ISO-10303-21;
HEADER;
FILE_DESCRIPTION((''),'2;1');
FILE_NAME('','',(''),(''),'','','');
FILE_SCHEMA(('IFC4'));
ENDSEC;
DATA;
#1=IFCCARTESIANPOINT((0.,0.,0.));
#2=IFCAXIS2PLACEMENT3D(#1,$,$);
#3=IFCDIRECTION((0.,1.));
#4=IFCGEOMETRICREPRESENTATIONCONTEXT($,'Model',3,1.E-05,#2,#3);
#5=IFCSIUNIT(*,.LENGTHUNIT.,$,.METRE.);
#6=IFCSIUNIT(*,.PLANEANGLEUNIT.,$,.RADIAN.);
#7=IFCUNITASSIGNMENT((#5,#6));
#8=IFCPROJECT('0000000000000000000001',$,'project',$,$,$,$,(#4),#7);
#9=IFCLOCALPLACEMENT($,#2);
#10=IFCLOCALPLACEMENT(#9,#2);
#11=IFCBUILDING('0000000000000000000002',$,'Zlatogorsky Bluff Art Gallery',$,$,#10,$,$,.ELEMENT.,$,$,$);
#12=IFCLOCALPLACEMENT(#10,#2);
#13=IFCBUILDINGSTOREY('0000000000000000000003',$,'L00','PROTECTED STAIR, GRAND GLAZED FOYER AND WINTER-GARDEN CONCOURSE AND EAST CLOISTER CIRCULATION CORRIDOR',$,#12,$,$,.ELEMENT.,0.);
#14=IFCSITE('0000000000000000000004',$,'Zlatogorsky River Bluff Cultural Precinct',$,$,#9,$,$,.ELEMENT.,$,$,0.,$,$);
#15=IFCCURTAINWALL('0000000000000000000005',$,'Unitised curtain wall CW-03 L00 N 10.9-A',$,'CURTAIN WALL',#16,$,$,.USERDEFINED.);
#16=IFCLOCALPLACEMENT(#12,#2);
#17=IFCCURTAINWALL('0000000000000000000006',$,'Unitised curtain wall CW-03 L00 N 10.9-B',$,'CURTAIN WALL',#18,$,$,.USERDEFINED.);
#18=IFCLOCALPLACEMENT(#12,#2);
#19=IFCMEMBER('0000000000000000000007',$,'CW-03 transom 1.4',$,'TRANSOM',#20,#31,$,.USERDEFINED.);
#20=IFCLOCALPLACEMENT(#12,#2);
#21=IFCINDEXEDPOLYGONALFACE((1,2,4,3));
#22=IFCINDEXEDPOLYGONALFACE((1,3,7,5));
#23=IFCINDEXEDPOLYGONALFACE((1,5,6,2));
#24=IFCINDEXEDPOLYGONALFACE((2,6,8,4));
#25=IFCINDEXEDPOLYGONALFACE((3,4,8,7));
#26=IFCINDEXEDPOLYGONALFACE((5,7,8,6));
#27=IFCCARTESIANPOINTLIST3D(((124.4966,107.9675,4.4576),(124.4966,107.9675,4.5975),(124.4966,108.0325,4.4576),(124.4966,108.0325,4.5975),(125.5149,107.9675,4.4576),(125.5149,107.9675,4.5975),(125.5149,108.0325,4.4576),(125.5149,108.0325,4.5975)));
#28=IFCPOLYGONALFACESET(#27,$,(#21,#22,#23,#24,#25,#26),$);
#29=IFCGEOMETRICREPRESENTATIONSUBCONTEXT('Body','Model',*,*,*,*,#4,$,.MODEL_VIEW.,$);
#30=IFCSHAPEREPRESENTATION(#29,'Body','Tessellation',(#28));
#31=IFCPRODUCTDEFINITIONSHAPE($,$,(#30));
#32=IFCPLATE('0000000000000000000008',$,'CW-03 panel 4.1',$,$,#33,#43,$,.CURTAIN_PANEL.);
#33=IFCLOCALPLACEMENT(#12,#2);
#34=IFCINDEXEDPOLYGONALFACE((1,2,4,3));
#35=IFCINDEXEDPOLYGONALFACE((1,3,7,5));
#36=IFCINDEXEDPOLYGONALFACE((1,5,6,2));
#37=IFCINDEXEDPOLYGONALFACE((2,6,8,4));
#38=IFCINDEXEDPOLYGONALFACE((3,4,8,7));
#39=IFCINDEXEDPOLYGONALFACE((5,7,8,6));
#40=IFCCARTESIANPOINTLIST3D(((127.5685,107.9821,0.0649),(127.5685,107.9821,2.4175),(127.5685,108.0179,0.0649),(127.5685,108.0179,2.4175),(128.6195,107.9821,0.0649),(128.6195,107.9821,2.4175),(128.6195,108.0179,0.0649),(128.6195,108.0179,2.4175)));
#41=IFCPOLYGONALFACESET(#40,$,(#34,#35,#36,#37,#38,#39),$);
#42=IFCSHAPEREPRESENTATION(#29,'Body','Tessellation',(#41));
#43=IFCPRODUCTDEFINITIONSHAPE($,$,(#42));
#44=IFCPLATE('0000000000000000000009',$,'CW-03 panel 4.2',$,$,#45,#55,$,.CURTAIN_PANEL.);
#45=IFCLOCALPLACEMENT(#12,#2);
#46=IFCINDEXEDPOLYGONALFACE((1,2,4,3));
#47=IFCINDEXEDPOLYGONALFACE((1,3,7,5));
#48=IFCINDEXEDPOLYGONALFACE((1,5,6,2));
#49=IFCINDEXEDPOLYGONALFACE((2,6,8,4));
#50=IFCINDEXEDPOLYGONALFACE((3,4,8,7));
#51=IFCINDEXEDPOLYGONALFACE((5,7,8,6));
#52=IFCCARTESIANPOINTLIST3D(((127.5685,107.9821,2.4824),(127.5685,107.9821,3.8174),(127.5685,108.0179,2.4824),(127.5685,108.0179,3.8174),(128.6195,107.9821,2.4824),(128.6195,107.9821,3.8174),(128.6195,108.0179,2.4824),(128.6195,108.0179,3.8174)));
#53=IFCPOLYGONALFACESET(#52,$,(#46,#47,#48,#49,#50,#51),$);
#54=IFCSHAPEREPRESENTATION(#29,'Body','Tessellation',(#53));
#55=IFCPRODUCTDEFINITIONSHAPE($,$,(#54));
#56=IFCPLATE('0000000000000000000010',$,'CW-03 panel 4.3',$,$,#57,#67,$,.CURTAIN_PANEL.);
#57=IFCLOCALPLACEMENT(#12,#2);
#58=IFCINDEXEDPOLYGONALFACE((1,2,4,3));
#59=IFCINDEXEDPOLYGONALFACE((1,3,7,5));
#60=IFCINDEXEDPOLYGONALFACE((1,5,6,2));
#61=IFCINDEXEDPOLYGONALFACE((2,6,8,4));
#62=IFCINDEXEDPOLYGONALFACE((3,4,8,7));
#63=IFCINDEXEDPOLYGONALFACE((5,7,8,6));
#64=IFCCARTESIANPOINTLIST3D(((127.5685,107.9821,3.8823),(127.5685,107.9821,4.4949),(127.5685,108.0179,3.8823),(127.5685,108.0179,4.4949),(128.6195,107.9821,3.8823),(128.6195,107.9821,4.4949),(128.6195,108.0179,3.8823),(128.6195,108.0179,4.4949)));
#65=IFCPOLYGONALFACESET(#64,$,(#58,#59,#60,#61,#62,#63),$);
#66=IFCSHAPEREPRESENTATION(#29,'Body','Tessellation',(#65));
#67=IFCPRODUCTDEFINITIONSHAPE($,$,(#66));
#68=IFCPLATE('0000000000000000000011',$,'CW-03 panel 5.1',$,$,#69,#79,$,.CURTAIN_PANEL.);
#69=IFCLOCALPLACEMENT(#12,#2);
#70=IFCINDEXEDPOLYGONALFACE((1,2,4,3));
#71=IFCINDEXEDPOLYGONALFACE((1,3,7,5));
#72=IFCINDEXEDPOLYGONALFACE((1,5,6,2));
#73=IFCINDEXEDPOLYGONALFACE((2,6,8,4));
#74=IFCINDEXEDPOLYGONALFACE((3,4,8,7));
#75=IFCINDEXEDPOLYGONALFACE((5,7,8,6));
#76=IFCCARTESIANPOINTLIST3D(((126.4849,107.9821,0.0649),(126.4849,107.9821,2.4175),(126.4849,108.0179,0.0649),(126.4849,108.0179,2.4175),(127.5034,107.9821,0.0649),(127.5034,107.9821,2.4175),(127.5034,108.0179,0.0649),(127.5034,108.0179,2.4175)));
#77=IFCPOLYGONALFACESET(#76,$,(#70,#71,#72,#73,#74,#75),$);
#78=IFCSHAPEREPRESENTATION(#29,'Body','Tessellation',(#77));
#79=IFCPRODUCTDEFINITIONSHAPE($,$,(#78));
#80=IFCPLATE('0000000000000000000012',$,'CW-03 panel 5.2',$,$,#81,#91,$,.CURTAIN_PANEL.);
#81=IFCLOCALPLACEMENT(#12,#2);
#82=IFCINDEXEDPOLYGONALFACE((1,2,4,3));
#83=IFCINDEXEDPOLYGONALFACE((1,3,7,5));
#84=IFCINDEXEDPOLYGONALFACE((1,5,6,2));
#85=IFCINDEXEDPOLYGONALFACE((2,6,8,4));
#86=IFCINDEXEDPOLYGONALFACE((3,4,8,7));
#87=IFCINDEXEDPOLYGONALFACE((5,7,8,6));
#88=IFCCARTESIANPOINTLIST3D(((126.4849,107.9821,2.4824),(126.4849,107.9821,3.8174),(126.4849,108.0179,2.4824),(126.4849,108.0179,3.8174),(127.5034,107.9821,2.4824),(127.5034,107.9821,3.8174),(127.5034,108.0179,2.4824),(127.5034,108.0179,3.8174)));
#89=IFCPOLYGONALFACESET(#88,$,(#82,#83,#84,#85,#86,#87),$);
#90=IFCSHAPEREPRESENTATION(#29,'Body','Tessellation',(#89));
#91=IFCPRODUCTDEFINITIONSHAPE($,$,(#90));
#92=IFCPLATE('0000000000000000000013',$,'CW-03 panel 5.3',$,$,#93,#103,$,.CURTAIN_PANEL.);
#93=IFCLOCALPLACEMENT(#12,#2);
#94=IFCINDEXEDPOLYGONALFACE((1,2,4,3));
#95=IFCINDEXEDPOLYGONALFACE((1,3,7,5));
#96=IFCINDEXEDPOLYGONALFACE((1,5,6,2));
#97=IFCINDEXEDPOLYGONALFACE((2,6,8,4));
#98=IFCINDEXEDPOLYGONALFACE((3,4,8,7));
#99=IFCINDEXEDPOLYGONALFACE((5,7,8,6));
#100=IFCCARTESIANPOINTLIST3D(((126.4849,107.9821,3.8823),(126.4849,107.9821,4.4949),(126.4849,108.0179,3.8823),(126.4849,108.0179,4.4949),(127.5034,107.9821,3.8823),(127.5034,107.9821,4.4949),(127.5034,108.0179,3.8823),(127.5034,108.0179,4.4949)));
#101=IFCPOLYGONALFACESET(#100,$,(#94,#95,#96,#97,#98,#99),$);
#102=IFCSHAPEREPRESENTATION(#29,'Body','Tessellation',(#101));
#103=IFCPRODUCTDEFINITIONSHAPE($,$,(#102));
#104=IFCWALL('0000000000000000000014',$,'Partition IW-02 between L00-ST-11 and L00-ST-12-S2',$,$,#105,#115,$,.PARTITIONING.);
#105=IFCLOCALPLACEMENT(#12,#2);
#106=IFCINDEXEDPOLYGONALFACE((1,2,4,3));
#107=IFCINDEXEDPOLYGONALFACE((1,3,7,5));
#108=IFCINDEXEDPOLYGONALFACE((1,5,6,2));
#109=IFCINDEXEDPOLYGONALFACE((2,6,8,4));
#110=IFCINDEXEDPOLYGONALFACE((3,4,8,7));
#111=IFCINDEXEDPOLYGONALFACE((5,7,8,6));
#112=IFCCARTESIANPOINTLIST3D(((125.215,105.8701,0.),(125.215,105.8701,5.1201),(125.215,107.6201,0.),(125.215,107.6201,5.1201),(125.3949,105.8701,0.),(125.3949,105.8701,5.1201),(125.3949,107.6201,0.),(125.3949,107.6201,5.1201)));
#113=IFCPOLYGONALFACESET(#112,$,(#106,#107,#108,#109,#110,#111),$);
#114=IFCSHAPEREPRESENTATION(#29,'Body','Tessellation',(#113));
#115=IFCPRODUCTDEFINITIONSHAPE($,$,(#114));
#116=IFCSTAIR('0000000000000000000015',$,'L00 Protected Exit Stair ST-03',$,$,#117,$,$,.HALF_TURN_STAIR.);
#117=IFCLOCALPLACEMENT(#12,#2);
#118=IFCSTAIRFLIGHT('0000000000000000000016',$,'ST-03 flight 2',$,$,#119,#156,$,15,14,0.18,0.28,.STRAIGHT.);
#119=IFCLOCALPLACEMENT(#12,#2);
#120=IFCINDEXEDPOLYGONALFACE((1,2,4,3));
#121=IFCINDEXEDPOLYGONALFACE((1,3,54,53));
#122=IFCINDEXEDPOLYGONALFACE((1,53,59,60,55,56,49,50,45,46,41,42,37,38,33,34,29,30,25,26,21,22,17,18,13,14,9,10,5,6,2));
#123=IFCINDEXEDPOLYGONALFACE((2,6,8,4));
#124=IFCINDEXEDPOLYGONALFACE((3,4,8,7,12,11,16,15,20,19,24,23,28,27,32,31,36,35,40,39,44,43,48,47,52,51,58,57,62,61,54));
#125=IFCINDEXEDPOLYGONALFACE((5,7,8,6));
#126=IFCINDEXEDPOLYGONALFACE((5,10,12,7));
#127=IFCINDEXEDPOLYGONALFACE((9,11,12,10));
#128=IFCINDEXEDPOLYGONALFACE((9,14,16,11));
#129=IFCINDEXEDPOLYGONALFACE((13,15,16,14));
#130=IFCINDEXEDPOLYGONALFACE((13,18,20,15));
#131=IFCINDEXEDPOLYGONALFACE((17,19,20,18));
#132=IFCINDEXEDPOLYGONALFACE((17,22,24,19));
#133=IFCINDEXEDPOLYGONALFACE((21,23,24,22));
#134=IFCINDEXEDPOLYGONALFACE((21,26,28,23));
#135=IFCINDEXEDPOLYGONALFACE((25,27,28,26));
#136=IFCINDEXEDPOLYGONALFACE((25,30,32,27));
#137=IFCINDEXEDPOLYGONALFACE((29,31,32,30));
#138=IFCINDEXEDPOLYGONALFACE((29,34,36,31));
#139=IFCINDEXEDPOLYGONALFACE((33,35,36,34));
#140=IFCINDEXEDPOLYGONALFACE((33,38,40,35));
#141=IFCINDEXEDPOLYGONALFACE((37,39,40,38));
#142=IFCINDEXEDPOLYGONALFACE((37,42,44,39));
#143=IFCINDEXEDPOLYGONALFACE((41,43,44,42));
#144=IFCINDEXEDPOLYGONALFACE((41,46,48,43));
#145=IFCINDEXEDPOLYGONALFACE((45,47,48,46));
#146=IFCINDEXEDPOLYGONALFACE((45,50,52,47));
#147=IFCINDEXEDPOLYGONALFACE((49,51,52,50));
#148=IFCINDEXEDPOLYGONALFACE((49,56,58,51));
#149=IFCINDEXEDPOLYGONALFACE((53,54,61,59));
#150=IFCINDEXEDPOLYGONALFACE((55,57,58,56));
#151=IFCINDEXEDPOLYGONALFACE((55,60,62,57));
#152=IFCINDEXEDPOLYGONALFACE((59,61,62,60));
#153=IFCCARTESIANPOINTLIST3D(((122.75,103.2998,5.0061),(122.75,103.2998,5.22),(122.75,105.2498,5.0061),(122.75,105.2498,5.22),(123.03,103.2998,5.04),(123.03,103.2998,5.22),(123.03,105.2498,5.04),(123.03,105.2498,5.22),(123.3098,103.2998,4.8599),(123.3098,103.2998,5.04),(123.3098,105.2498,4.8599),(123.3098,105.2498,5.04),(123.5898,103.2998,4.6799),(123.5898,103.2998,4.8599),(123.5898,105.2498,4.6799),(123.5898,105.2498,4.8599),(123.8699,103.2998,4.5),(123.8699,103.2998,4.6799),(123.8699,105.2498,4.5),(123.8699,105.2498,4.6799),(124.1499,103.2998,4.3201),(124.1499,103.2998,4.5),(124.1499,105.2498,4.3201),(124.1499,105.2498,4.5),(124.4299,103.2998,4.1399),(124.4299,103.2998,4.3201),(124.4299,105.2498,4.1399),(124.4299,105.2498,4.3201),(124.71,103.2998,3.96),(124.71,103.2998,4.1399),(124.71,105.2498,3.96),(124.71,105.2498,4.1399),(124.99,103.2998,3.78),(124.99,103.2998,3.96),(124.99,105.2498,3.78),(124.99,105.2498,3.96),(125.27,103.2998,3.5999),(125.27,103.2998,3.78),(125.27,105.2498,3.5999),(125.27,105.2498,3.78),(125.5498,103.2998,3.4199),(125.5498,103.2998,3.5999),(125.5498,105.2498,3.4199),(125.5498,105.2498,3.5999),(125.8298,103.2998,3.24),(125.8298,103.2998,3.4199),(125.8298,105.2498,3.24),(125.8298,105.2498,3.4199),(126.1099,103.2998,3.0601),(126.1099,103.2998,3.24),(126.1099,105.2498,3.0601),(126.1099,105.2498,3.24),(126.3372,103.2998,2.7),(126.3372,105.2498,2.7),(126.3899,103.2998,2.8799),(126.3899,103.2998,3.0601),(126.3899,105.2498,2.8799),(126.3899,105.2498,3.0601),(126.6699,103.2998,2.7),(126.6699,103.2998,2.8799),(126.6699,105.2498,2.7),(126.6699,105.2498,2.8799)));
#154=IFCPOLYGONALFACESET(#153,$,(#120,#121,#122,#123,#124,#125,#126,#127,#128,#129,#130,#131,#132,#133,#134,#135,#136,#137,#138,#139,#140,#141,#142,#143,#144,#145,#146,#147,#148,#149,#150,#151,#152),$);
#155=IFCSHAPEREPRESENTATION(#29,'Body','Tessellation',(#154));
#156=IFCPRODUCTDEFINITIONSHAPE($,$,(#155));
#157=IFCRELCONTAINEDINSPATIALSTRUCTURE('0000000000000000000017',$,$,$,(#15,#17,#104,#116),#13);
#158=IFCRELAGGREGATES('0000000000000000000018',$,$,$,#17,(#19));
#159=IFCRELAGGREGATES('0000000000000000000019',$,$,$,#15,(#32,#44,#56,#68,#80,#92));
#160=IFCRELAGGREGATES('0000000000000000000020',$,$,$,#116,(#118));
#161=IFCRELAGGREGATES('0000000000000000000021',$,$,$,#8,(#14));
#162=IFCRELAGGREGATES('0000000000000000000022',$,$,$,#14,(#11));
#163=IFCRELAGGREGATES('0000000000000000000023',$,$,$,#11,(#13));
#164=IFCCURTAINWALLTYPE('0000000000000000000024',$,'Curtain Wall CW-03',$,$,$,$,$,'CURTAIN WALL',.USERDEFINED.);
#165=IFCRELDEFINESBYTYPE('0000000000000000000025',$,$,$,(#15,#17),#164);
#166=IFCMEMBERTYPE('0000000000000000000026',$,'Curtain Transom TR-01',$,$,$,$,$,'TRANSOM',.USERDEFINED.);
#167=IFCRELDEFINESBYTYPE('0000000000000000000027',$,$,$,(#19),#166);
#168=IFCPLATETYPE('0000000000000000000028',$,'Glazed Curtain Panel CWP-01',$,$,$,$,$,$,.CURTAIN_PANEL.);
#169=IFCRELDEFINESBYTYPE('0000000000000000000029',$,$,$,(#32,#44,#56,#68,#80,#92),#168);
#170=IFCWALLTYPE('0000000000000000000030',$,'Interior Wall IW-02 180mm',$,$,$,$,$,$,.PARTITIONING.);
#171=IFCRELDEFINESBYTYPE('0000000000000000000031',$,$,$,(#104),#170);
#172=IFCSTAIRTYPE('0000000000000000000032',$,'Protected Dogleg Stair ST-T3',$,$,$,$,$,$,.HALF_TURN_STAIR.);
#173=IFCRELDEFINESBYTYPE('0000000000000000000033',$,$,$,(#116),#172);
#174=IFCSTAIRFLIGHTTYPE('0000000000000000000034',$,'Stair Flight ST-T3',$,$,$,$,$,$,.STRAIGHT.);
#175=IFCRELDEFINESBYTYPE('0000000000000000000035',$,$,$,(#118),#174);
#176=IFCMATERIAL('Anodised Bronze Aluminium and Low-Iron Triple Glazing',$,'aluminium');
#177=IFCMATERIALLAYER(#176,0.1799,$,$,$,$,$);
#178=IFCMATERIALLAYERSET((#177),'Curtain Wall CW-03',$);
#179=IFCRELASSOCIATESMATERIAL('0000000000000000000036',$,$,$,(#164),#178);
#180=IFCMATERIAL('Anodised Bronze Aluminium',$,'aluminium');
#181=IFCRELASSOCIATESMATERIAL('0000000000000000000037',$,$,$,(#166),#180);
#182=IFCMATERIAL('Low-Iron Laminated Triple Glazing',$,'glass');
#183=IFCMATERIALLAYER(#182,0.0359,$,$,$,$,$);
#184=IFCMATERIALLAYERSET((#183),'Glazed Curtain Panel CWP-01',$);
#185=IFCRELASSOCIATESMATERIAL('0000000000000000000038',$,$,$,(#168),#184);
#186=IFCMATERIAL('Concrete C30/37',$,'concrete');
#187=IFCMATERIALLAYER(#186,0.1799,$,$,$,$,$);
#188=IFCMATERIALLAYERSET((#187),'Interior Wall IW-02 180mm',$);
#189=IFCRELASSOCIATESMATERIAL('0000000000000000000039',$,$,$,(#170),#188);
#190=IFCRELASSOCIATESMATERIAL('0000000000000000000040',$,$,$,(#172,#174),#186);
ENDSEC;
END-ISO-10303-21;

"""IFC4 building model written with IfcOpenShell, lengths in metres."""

from ifc_helpers import new_model, si_unit, direction, frame, frame_2d, origin, origin_2d, place, context, subcontext, project, spatial, polyline, rectangle, outline, extrude, material, layer, layer_set, material_profile, profile_set, type_object, element, aggregate, save


model = new_model("IFC4")

# Units and contexts
model_context = context("Model", 3, precision=1e-05, world=origin(), true_north=direction((0.0, 1.0)))
body_context = subcontext(model_context, "Body", "Model", "MODEL_VIEW")
ifc_project = project(units=[si_unit("LENGTHUNIT", "METRE"), si_unit("PLANEANGLEUNIT", "RADIAN")], contexts=[model_context])

# Site, building, storey
site_placement = place(None, origin())
site = spatial("IfcSite", under=ifc_project, at=site_placement, Name="Zlatogorsky River Bluff Cultural Precinct", CompositionType="ELEMENT", RefElevation=0.0)
building_placement = place(site_placement, origin())
building = spatial("IfcBuilding", under=site, at=building_placement, Name="Zlatogorsky Bluff Art Gallery", CompositionType="ELEMENT")
storey_placement = place(building_placement, origin())
storey = spatial("IfcBuildingStorey", under=building, at=storey_placement, Name="L00", Description="PROTECTED STAIR, GRAND GLAZED FOYER AND WINTER-GARDEN CONCOURSE AND EAST CLOISTER CIRCULATION CORRIDOR", CompositionType="ELEMENT", Elevation=0.0)

# Curtain wall
ifc_material_1 = material(Name="Anodised Bronze Aluminium and Low-Iron Triple Glazing", Category="aluminium")
ifc_layer_1 = layer(ifc_material_1, 0.1799)
ifc_layer_set_1 = layer_set([ifc_layer_1], Name="Curtain Wall CW-03")
curtain_wall_type = type_object("IfcCurtainWallType", Name="Curtain Wall CW-03", ElementType="CURTAIN WALL", PredefinedType="USERDEFINED", material=ifc_layer_set_1)
curtain_wall_1_placement = place(storey_placement, origin())
curtain_wall_1 = element("IfcCurtainWall", 1, at=curtain_wall_1_placement, inside=storey, type_object=curtain_wall_type, Name="Unitised curtain wall CW-03 L00 N 10.9-A", ObjectType="CURTAIN WALL", PredefinedType="USERDEFINED")
ifc_material_2 = material(Name="Anodised Bronze Aluminium", Category="aluminium")

# Curtain wall
curtain_wall_2_placement = place(storey_placement, origin())
curtain_wall_2 = element("IfcCurtainWall", 2, at=curtain_wall_2_placement, inside=storey, type_object=curtain_wall_type, Name="Unitised curtain wall CW-03 L00 N 10.9-B", ObjectType="CURTAIN WALL", PredefinedType="USERDEFINED")

# Member
ifc_material_profile_1 = material_profile(ifc_material_2, rectangle(XDim=0.0649, YDim=0.1399, at=origin_2d()), Name="ALU TRANSOM 65x140")
ifc_profile_set_1 = profile_set([ifc_material_profile_1], Name="Anodised Bronze Aluminium")
member_type_1 = type_object("IfcMemberType", Name="Curtain Transom TR-01", ElementType="TRANSOM", PredefinedType="USERDEFINED", material=ifc_profile_set_1)
member_1_placement = place(storey_placement, frame((125.5149, 108.0, 4.5276), z_axis=(-1.0, 0.0, 0.0), x_axis=(0.0, -1.0, 0.0)))
member_1 = element("IfcMember", 3, at=member_1_placement, type_object=member_type_1, Name="CW-03 transom 1.4", ObjectType="TRANSOM", PredefinedType="USERDEFINED", context=body_context, shape_type="SweptSolid", body=[
    extrude(rectangle(XDim=0.0649, YDim=0.1399, at=origin_2d()), origin(), (0.0, 0.0, 1.0), 1.0183),
])
aggregate(curtain_wall_2, [member_1])

# Plates
ifc_material_3 = material(Name="Low-Iron Laminated Triple Glazing", Category="glass")
ifc_layer_2 = layer(ifc_material_3, 0.0359)
ifc_layer_set_2 = layer_set([ifc_layer_2], Name="Glazed Curtain Panel CWP-01")
plate_type = type_object("IfcPlateType", Name="Glazed Curtain Panel CWP-01", PredefinedType="CURTAIN_PANEL", material=ifc_layer_set_2)
plate_1_placement = place(storey_placement, frame((128.094, 108.0, 0.0649), z_axis=(0.0, 0.0, 1.0), x_axis=(-1.0, 0.0, 0.0)))
plate_1 = element("IfcPlate", 4, at=plate_1_placement, type_object=plate_type, Name="CW-03 panel 4.1", PredefinedType="CURTAIN_PANEL", context=body_context, shape_type="SweptSolid", body=[
    extrude(rectangle(XDim=1.051, YDim=0.0359, at=origin_2d()), origin(), (0.0, 0.0, 1.0), 2.3525),
])
plate_2_placement = place(storey_placement, frame((128.094, 108.0, 2.4824), z_axis=(0.0, 0.0, 1.0), x_axis=(-1.0, 0.0, 0.0)))
plate_2 = element("IfcPlate", 5, at=plate_2_placement, type_object=plate_type, Name="CW-03 panel 4.2", PredefinedType="CURTAIN_PANEL", context=body_context, shape_type="SweptSolid", body=[
    extrude(rectangle(XDim=1.051, YDim=0.0359, at=origin_2d()), origin(), (0.0, 0.0, 1.0), 1.335),
])
plate_3_placement = place(storey_placement, frame((128.094, 108.0, 3.8823), z_axis=(0.0, 0.0, 1.0), x_axis=(-1.0, 0.0, 0.0)))
plate_3 = element("IfcPlate", 6, at=plate_3_placement, type_object=plate_type, Name="CW-03 panel 4.3", PredefinedType="CURTAIN_PANEL", context=body_context, shape_type="SweptSolid", body=[
    extrude(rectangle(XDim=1.051, YDim=0.0359, at=origin_2d()), origin(), (0.0, 0.0, 1.0), 0.6125),
])
plate_4_placement = place(storey_placement, frame((126.9941, 108.0, 0.0649), z_axis=(0.0, 0.0, 1.0), x_axis=(-1.0, 0.0, 0.0)))
plate_4 = element("IfcPlate", 7, at=plate_4_placement, type_object=plate_type, Name="CW-03 panel 5.1", PredefinedType="CURTAIN_PANEL", context=body_context, shape_type="SweptSolid", body=[
    extrude(rectangle(XDim=1.0186, YDim=0.0359, at=origin_2d()), origin(), (0.0, 0.0, 1.0), 2.3525),
])
plate_5_placement = place(storey_placement, frame((126.9941, 108.0, 2.4824), z_axis=(0.0, 0.0, 1.0), x_axis=(-1.0, 0.0, 0.0)))
plate_5 = element("IfcPlate", 8, at=plate_5_placement, type_object=plate_type, Name="CW-03 panel 5.2", PredefinedType="CURTAIN_PANEL", context=body_context, shape_type="SweptSolid", body=[
    extrude(rectangle(XDim=1.0186, YDim=0.0359, at=origin_2d()), origin(), (0.0, 0.0, 1.0), 1.335),
])
plate_6_placement = place(storey_placement, frame((126.9941, 108.0, 3.8823), z_axis=(0.0, 0.0, 1.0), x_axis=(-1.0, 0.0, 0.0)))
plate_6 = element("IfcPlate", 9, at=plate_6_placement, type_object=plate_type, Name="CW-03 panel 5.3", PredefinedType="CURTAIN_PANEL", context=body_context, shape_type="SweptSolid", body=[
    extrude(rectangle(XDim=1.0186, YDim=0.0359, at=origin_2d()), origin(), (0.0, 0.0, 1.0), 0.6125),
])
aggregate(curtain_wall_1, [plate_1, plate_2, plate_3, plate_4, plate_5, plate_6])

# Wall
ifc_material_4 = material(Name="Concrete C30/37", Category="concrete")
ifc_layer_3 = layer(ifc_material_4, 0.1799)
ifc_layer_set_3 = layer_set([ifc_layer_3], Name="Interior Wall IW-02 180mm")
wall_type = type_object("IfcWallType", Name="Interior Wall IW-02 180mm", PredefinedType="PARTITIONING", material=ifc_layer_set_3)
wall_placement = place(storey_placement, frame((125.3049, 105.8701, 0.0), z_axis=(0.0, 0.0, 1.0), x_axis=(0.0, 1.0, 0.0)))
element("IfcWall", 10, at=wall_placement, inside=storey, type_object=wall_type, Name="Partition IW-02 between L00-ST-11 and L00-ST-12-S2", PredefinedType="PARTITIONING", context=body_context, shape_type="SweptSolid", body=[
    extrude(rectangle(XDim=1.75, YDim=0.1799, at=frame_2d((0.875, 0.0))), origin(), (0.0, 0.0, 1.0), 5.1201),
])

# Stair, stair flight
stair_type = type_object("IfcStairType", Name="Protected Dogleg Stair ST-T3", PredefinedType="HALF_TURN_STAIR", material=ifc_material_4)
stair_placement = place(storey_placement, origin())
stair = element("IfcStair", 11, at=stair_placement, inside=storey, type_object=stair_type, Name="L00 Protected Exit Stair ST-03", PredefinedType="HALF_TURN_STAIR")
stair_flight_type = type_object("IfcStairFlightType", Name="Stair Flight ST-T3", PredefinedType="STRAIGHT", material=ifc_material_4)
stair_flight_placement = place(storey_placement, frame((126.6699, 104.2749, 2.7), z_axis=(0.0, 0.0, 1.0), x_axis=(-1.0, 0.0, 0.0)))
stair_flight = element("IfcStairFlight", 12, at=stair_flight_placement, type_object=stair_flight_type, Name="ST-03 flight 2", NumberOfRisers=15, NumberOfTreads=14, PredefinedType="STRAIGHT", RiserHeight=0.18, TreadLength=0.28, context=body_context, shape_type="SweptSolid", body=[
    extrude(outline(polyline([(0.0, 0.0), (0.0, 0.1799), (0.28, 0.1799), (0.28, 0.3601), (0.5601, 0.3601), (0.5601, 0.54), (0.8401, 0.54), (0.8401, 0.72), (1.1201, 0.72), (1.1201, 0.8999), (1.3999, 0.8999), (1.3999, 1.0801), (1.6799, 1.0801), (1.6799, 1.26), (1.96, 1.26), (1.96, 1.4399), (2.24, 1.4399), (2.24, 1.6201), (2.52, 1.6201), (2.52, 1.8), (2.8, 1.8), (2.8, 1.98), (3.0801, 1.98), (3.0801, 2.1599), (3.3601, 2.1599), (3.3601, 2.3401), (3.6399, 2.3401), (3.6399, 2.52), (3.9199, 2.52), (3.9199, 2.7), (3.9199, 2.3062), (0.3328, 0.0), (0.0, 0.0)])), frame((0.0, 0.9751, 0.0), z_axis=(0.0, -1.0, 0.0), x_axis=(1.0, 0.0, 0.0)), (0.0, 0.0, 1.0), 1.95),
])
aggregate(stair, [stair_flight])

save(model, "model.ifc")
